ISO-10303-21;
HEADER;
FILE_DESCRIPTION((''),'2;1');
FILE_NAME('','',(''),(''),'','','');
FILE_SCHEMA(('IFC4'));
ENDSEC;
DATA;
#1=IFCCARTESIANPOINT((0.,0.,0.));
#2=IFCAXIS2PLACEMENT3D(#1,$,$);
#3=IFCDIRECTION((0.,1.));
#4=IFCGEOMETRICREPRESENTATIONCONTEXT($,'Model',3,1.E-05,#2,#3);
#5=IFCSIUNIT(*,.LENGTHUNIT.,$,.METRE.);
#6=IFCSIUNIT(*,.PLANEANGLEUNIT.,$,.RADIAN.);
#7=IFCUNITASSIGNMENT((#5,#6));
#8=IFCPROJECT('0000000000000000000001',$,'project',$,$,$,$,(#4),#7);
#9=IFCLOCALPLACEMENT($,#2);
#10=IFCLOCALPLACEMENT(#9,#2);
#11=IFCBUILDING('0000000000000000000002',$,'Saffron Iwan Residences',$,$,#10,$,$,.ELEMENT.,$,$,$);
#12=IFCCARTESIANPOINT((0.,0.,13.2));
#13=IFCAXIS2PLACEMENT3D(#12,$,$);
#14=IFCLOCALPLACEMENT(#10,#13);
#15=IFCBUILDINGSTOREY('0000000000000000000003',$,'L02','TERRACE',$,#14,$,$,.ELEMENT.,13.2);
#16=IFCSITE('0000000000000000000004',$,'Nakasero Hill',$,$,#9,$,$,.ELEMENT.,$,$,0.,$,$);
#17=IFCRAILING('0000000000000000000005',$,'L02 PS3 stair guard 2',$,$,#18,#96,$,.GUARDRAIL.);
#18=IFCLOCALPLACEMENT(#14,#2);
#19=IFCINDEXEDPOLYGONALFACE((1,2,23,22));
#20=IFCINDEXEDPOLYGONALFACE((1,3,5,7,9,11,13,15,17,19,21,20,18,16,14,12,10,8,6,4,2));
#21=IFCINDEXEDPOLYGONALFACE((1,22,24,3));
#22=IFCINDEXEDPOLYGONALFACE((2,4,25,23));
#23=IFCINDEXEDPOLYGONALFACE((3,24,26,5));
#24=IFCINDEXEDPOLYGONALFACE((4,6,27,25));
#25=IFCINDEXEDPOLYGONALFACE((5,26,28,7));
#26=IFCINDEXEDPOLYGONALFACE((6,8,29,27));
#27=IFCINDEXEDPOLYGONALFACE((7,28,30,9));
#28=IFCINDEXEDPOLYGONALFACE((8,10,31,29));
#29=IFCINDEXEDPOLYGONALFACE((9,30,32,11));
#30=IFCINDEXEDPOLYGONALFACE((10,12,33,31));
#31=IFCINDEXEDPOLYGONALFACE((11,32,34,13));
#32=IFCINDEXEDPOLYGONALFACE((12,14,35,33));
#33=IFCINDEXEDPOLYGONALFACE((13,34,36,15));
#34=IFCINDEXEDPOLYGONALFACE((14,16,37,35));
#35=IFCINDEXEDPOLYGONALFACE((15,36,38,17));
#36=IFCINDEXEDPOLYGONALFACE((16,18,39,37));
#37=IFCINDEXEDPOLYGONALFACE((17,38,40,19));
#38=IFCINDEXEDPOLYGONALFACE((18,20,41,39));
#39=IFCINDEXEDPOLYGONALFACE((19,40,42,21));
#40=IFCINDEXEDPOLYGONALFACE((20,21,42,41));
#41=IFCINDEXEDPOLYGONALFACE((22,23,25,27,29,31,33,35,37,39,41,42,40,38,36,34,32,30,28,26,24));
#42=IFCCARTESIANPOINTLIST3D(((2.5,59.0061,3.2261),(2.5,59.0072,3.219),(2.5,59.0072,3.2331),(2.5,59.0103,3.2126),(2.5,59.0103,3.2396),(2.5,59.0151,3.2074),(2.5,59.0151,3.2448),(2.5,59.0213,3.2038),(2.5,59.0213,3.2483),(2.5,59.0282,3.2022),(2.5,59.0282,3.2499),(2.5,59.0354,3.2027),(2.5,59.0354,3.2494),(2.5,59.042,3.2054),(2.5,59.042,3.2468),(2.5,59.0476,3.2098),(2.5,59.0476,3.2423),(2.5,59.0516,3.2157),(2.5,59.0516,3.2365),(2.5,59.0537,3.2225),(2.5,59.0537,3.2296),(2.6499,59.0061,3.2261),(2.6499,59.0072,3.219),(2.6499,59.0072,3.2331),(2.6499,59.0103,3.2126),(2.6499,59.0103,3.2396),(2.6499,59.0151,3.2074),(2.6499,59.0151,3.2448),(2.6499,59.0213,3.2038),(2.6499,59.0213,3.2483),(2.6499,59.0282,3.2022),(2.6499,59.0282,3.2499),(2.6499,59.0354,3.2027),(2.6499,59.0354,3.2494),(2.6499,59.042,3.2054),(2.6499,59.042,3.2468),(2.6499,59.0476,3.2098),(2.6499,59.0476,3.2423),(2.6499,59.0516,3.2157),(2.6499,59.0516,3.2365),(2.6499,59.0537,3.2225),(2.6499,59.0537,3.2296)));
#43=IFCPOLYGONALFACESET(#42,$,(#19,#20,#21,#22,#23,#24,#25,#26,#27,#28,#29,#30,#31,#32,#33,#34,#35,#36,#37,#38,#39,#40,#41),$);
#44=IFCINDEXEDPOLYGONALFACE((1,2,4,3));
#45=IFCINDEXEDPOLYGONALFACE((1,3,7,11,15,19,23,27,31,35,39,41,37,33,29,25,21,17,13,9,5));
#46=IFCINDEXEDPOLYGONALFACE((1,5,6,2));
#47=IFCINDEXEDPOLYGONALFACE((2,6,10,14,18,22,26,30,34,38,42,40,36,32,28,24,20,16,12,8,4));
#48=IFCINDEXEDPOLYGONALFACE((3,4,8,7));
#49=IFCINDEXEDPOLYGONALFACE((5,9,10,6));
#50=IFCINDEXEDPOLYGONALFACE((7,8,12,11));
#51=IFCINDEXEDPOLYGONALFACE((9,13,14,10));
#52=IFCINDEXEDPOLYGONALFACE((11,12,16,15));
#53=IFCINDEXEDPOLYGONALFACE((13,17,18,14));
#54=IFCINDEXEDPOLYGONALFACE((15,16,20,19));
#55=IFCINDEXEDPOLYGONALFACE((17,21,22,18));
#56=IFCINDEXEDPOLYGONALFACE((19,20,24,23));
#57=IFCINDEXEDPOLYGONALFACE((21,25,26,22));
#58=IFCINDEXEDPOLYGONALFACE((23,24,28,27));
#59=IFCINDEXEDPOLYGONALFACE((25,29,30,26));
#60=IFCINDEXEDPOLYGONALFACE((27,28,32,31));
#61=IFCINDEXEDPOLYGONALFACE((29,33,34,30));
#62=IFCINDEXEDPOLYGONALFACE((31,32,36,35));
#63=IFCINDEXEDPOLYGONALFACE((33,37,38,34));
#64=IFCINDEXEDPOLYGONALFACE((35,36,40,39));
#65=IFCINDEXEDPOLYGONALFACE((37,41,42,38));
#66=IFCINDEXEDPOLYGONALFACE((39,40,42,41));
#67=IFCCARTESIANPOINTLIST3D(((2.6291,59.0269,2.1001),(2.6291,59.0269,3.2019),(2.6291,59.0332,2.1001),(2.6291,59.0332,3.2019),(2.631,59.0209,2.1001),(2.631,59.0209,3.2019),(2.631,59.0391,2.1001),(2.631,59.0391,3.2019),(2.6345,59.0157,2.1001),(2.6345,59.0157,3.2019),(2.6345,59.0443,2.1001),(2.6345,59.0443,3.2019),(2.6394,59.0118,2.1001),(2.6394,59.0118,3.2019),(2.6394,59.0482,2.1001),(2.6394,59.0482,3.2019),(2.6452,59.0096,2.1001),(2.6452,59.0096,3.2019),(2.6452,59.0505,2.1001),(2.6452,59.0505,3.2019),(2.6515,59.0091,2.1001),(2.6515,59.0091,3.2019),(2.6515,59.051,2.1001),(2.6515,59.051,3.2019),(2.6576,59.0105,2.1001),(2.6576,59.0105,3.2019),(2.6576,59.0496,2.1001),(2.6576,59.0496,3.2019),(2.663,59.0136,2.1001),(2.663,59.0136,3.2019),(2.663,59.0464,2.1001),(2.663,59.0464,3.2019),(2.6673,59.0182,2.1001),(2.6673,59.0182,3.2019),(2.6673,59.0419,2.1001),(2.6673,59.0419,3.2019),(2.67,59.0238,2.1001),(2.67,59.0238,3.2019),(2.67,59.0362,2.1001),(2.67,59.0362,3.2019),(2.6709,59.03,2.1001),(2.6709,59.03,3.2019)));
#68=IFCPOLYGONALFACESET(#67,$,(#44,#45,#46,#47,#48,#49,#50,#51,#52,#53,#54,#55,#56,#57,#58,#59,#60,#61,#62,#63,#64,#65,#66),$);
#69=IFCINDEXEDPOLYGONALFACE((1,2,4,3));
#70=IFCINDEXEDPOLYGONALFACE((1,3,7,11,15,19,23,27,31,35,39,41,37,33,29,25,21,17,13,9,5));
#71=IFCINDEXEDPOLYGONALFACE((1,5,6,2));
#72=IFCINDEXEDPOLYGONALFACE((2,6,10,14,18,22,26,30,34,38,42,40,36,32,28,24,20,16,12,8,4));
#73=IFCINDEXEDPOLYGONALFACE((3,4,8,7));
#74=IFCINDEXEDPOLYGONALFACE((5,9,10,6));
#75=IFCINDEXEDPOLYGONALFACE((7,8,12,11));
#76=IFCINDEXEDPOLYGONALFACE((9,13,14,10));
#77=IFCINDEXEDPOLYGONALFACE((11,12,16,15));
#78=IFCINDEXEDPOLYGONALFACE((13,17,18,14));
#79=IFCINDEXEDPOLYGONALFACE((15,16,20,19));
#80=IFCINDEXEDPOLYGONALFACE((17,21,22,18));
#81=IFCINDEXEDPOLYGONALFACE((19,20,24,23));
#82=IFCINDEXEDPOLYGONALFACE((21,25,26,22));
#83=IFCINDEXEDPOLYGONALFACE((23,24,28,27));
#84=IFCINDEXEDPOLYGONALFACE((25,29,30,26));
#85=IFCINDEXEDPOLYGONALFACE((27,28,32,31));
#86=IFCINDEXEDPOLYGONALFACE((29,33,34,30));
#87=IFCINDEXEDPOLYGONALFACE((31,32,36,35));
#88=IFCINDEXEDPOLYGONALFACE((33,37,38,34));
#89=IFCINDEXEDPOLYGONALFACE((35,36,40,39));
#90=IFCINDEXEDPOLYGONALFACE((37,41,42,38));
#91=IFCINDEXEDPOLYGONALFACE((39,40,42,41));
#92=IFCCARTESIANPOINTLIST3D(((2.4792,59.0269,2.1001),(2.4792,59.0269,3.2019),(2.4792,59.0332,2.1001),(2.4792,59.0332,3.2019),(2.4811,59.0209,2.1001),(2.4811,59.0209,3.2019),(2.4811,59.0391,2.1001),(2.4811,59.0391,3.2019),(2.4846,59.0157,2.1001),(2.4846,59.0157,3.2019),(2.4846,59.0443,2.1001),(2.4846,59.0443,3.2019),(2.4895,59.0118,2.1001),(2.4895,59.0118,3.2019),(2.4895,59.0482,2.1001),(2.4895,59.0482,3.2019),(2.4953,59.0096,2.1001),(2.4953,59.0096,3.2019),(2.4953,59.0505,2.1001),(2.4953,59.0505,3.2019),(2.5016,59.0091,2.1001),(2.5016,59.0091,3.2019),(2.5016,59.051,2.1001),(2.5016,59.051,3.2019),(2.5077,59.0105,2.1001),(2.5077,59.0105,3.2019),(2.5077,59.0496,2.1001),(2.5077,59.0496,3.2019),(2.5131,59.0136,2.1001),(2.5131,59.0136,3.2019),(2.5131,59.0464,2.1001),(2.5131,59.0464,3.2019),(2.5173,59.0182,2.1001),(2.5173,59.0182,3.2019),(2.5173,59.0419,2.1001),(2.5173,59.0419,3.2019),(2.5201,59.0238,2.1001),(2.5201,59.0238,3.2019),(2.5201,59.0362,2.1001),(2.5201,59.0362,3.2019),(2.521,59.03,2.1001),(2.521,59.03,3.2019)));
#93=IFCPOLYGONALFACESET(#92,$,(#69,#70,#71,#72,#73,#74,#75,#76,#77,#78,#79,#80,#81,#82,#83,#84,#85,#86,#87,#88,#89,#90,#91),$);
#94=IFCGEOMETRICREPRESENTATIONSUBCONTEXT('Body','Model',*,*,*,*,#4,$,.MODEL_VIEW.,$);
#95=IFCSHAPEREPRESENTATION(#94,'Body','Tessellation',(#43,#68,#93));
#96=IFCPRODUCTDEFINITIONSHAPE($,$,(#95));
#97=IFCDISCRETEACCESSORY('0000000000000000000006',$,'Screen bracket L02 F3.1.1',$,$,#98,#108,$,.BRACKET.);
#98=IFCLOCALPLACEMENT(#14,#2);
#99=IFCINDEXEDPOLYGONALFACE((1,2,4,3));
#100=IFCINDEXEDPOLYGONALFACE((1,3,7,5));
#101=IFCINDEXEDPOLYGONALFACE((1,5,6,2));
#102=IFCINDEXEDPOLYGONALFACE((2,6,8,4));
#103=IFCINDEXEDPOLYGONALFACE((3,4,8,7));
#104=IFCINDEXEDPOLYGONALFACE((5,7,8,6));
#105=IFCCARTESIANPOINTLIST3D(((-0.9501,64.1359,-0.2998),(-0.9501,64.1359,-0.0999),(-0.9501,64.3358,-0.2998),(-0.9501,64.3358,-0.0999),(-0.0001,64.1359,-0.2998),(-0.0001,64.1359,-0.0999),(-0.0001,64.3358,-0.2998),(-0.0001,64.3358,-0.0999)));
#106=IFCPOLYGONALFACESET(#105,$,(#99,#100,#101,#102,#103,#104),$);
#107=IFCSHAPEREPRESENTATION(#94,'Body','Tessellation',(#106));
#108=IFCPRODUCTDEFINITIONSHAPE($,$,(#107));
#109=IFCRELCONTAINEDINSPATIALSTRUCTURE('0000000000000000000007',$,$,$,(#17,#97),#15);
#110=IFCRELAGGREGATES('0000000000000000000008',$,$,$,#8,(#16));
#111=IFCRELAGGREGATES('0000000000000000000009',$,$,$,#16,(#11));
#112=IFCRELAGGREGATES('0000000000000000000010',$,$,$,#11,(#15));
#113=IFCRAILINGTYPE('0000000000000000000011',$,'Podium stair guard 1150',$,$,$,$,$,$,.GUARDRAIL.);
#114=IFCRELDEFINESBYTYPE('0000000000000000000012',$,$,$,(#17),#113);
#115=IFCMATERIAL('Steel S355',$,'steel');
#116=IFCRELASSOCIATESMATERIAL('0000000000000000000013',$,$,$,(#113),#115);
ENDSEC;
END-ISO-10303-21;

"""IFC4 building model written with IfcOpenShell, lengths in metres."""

from ifc_helpers import new_model, si_unit, direction, frame, origin, origin_2d, place, context, subcontext, project, spatial, rectangle, circle, extrude, source, transform, mapped, material, type_object, element, save


model = new_model("IFC4")

# Units and contexts
model_context = context("Model", 3, precision=1e-05, world=origin(), true_north=direction((0.0, 1.0)))
body_context = subcontext(model_context, "Body", "Model", "MODEL_VIEW")
ifc_project = project(units=[si_unit("LENGTHUNIT", "METRE"), si_unit("PLANEANGLEUNIT", "RADIAN")], contexts=[model_context])

# Site, building, storey
site_placement = place(None, origin())
site = spatial("IfcSite", under=ifc_project, at=site_placement, Name="Nakasero Hill", CompositionType="ELEMENT", RefElevation=0.0)
building_placement = place(site_placement, origin())
building = spatial("IfcBuilding", under=site, at=building_placement, Name="Saffron Iwan Residences", CompositionType="ELEMENT")
storey_placement = place(building_placement, frame((0.0, 0.0, 13.2)))
storey = spatial("IfcBuildingStorey", under=building, at=storey_placement, Name="L02", Description="TERRACE", CompositionType="ELEMENT", Elevation=13.2)

# Railing
ifc_material_1 = material(Name="Steel S355", Category="steel")
railing_type = type_object("IfcRailingType", Name="Podium stair guard 1150", PredefinedType="GUARDRAIL", material=ifc_material_1)
railing_placement = place(storey_placement, frame((2.6499, 59.03, 2.1001)))
element("IfcRailing", 1, at=railing_placement, inside=storey, type_object=railing_type, Name="L02 PS3 stair guard 2", PredefinedType="GUARDRAIL", context=body_context, shape_type="SweptSolid", body=[
    extrude(circle(Radius=0.0239, at=origin_2d()), frame((0.0, 0.0, 1.126), z_axis=(-1.0, 0.0, 0.0), x_axis=(0.0, -1.0, 0.0)), (0.0, 0.0, 1.0), 0.1499),
    extrude(circle(Radius=0.021, at=origin_2d()), origin(), (0.0, 0.0, 1.0), 1.1018),
    extrude(circle(Radius=0.021, at=origin_2d()), frame((-0.1499, 0.0, 0.0)), (0.0, 0.0, 1.0), 1.1018),
])

# Discrete accessory
shared_shape_1 = source(origin(), body_context, "Body", "SweptSolid", [
    extrude(rectangle(XDim=0.95, YDim=0.2, at=origin_2d()), origin(), (0.0, 0.0, 1.0), 0.2),
])
discrete_accessory_placement = place(storey_placement, frame((-0.4751, 64.2358, -0.2998), z_axis=(0.0, 0.0, 1.0), x_axis=(-1.0, 0.0, 0.0)))
element("IfcDiscreteAccessory", 2, at=discrete_accessory_placement, inside=storey, Name="Screen bracket L02 F3.1.1", PredefinedType="BRACKET", context=body_context, shape_type="MappedRepresentation", body=[
    mapped(shared_shape_1, transform((0.0, 0.0, 0.0))),
])

save(model, "model.ifc")
